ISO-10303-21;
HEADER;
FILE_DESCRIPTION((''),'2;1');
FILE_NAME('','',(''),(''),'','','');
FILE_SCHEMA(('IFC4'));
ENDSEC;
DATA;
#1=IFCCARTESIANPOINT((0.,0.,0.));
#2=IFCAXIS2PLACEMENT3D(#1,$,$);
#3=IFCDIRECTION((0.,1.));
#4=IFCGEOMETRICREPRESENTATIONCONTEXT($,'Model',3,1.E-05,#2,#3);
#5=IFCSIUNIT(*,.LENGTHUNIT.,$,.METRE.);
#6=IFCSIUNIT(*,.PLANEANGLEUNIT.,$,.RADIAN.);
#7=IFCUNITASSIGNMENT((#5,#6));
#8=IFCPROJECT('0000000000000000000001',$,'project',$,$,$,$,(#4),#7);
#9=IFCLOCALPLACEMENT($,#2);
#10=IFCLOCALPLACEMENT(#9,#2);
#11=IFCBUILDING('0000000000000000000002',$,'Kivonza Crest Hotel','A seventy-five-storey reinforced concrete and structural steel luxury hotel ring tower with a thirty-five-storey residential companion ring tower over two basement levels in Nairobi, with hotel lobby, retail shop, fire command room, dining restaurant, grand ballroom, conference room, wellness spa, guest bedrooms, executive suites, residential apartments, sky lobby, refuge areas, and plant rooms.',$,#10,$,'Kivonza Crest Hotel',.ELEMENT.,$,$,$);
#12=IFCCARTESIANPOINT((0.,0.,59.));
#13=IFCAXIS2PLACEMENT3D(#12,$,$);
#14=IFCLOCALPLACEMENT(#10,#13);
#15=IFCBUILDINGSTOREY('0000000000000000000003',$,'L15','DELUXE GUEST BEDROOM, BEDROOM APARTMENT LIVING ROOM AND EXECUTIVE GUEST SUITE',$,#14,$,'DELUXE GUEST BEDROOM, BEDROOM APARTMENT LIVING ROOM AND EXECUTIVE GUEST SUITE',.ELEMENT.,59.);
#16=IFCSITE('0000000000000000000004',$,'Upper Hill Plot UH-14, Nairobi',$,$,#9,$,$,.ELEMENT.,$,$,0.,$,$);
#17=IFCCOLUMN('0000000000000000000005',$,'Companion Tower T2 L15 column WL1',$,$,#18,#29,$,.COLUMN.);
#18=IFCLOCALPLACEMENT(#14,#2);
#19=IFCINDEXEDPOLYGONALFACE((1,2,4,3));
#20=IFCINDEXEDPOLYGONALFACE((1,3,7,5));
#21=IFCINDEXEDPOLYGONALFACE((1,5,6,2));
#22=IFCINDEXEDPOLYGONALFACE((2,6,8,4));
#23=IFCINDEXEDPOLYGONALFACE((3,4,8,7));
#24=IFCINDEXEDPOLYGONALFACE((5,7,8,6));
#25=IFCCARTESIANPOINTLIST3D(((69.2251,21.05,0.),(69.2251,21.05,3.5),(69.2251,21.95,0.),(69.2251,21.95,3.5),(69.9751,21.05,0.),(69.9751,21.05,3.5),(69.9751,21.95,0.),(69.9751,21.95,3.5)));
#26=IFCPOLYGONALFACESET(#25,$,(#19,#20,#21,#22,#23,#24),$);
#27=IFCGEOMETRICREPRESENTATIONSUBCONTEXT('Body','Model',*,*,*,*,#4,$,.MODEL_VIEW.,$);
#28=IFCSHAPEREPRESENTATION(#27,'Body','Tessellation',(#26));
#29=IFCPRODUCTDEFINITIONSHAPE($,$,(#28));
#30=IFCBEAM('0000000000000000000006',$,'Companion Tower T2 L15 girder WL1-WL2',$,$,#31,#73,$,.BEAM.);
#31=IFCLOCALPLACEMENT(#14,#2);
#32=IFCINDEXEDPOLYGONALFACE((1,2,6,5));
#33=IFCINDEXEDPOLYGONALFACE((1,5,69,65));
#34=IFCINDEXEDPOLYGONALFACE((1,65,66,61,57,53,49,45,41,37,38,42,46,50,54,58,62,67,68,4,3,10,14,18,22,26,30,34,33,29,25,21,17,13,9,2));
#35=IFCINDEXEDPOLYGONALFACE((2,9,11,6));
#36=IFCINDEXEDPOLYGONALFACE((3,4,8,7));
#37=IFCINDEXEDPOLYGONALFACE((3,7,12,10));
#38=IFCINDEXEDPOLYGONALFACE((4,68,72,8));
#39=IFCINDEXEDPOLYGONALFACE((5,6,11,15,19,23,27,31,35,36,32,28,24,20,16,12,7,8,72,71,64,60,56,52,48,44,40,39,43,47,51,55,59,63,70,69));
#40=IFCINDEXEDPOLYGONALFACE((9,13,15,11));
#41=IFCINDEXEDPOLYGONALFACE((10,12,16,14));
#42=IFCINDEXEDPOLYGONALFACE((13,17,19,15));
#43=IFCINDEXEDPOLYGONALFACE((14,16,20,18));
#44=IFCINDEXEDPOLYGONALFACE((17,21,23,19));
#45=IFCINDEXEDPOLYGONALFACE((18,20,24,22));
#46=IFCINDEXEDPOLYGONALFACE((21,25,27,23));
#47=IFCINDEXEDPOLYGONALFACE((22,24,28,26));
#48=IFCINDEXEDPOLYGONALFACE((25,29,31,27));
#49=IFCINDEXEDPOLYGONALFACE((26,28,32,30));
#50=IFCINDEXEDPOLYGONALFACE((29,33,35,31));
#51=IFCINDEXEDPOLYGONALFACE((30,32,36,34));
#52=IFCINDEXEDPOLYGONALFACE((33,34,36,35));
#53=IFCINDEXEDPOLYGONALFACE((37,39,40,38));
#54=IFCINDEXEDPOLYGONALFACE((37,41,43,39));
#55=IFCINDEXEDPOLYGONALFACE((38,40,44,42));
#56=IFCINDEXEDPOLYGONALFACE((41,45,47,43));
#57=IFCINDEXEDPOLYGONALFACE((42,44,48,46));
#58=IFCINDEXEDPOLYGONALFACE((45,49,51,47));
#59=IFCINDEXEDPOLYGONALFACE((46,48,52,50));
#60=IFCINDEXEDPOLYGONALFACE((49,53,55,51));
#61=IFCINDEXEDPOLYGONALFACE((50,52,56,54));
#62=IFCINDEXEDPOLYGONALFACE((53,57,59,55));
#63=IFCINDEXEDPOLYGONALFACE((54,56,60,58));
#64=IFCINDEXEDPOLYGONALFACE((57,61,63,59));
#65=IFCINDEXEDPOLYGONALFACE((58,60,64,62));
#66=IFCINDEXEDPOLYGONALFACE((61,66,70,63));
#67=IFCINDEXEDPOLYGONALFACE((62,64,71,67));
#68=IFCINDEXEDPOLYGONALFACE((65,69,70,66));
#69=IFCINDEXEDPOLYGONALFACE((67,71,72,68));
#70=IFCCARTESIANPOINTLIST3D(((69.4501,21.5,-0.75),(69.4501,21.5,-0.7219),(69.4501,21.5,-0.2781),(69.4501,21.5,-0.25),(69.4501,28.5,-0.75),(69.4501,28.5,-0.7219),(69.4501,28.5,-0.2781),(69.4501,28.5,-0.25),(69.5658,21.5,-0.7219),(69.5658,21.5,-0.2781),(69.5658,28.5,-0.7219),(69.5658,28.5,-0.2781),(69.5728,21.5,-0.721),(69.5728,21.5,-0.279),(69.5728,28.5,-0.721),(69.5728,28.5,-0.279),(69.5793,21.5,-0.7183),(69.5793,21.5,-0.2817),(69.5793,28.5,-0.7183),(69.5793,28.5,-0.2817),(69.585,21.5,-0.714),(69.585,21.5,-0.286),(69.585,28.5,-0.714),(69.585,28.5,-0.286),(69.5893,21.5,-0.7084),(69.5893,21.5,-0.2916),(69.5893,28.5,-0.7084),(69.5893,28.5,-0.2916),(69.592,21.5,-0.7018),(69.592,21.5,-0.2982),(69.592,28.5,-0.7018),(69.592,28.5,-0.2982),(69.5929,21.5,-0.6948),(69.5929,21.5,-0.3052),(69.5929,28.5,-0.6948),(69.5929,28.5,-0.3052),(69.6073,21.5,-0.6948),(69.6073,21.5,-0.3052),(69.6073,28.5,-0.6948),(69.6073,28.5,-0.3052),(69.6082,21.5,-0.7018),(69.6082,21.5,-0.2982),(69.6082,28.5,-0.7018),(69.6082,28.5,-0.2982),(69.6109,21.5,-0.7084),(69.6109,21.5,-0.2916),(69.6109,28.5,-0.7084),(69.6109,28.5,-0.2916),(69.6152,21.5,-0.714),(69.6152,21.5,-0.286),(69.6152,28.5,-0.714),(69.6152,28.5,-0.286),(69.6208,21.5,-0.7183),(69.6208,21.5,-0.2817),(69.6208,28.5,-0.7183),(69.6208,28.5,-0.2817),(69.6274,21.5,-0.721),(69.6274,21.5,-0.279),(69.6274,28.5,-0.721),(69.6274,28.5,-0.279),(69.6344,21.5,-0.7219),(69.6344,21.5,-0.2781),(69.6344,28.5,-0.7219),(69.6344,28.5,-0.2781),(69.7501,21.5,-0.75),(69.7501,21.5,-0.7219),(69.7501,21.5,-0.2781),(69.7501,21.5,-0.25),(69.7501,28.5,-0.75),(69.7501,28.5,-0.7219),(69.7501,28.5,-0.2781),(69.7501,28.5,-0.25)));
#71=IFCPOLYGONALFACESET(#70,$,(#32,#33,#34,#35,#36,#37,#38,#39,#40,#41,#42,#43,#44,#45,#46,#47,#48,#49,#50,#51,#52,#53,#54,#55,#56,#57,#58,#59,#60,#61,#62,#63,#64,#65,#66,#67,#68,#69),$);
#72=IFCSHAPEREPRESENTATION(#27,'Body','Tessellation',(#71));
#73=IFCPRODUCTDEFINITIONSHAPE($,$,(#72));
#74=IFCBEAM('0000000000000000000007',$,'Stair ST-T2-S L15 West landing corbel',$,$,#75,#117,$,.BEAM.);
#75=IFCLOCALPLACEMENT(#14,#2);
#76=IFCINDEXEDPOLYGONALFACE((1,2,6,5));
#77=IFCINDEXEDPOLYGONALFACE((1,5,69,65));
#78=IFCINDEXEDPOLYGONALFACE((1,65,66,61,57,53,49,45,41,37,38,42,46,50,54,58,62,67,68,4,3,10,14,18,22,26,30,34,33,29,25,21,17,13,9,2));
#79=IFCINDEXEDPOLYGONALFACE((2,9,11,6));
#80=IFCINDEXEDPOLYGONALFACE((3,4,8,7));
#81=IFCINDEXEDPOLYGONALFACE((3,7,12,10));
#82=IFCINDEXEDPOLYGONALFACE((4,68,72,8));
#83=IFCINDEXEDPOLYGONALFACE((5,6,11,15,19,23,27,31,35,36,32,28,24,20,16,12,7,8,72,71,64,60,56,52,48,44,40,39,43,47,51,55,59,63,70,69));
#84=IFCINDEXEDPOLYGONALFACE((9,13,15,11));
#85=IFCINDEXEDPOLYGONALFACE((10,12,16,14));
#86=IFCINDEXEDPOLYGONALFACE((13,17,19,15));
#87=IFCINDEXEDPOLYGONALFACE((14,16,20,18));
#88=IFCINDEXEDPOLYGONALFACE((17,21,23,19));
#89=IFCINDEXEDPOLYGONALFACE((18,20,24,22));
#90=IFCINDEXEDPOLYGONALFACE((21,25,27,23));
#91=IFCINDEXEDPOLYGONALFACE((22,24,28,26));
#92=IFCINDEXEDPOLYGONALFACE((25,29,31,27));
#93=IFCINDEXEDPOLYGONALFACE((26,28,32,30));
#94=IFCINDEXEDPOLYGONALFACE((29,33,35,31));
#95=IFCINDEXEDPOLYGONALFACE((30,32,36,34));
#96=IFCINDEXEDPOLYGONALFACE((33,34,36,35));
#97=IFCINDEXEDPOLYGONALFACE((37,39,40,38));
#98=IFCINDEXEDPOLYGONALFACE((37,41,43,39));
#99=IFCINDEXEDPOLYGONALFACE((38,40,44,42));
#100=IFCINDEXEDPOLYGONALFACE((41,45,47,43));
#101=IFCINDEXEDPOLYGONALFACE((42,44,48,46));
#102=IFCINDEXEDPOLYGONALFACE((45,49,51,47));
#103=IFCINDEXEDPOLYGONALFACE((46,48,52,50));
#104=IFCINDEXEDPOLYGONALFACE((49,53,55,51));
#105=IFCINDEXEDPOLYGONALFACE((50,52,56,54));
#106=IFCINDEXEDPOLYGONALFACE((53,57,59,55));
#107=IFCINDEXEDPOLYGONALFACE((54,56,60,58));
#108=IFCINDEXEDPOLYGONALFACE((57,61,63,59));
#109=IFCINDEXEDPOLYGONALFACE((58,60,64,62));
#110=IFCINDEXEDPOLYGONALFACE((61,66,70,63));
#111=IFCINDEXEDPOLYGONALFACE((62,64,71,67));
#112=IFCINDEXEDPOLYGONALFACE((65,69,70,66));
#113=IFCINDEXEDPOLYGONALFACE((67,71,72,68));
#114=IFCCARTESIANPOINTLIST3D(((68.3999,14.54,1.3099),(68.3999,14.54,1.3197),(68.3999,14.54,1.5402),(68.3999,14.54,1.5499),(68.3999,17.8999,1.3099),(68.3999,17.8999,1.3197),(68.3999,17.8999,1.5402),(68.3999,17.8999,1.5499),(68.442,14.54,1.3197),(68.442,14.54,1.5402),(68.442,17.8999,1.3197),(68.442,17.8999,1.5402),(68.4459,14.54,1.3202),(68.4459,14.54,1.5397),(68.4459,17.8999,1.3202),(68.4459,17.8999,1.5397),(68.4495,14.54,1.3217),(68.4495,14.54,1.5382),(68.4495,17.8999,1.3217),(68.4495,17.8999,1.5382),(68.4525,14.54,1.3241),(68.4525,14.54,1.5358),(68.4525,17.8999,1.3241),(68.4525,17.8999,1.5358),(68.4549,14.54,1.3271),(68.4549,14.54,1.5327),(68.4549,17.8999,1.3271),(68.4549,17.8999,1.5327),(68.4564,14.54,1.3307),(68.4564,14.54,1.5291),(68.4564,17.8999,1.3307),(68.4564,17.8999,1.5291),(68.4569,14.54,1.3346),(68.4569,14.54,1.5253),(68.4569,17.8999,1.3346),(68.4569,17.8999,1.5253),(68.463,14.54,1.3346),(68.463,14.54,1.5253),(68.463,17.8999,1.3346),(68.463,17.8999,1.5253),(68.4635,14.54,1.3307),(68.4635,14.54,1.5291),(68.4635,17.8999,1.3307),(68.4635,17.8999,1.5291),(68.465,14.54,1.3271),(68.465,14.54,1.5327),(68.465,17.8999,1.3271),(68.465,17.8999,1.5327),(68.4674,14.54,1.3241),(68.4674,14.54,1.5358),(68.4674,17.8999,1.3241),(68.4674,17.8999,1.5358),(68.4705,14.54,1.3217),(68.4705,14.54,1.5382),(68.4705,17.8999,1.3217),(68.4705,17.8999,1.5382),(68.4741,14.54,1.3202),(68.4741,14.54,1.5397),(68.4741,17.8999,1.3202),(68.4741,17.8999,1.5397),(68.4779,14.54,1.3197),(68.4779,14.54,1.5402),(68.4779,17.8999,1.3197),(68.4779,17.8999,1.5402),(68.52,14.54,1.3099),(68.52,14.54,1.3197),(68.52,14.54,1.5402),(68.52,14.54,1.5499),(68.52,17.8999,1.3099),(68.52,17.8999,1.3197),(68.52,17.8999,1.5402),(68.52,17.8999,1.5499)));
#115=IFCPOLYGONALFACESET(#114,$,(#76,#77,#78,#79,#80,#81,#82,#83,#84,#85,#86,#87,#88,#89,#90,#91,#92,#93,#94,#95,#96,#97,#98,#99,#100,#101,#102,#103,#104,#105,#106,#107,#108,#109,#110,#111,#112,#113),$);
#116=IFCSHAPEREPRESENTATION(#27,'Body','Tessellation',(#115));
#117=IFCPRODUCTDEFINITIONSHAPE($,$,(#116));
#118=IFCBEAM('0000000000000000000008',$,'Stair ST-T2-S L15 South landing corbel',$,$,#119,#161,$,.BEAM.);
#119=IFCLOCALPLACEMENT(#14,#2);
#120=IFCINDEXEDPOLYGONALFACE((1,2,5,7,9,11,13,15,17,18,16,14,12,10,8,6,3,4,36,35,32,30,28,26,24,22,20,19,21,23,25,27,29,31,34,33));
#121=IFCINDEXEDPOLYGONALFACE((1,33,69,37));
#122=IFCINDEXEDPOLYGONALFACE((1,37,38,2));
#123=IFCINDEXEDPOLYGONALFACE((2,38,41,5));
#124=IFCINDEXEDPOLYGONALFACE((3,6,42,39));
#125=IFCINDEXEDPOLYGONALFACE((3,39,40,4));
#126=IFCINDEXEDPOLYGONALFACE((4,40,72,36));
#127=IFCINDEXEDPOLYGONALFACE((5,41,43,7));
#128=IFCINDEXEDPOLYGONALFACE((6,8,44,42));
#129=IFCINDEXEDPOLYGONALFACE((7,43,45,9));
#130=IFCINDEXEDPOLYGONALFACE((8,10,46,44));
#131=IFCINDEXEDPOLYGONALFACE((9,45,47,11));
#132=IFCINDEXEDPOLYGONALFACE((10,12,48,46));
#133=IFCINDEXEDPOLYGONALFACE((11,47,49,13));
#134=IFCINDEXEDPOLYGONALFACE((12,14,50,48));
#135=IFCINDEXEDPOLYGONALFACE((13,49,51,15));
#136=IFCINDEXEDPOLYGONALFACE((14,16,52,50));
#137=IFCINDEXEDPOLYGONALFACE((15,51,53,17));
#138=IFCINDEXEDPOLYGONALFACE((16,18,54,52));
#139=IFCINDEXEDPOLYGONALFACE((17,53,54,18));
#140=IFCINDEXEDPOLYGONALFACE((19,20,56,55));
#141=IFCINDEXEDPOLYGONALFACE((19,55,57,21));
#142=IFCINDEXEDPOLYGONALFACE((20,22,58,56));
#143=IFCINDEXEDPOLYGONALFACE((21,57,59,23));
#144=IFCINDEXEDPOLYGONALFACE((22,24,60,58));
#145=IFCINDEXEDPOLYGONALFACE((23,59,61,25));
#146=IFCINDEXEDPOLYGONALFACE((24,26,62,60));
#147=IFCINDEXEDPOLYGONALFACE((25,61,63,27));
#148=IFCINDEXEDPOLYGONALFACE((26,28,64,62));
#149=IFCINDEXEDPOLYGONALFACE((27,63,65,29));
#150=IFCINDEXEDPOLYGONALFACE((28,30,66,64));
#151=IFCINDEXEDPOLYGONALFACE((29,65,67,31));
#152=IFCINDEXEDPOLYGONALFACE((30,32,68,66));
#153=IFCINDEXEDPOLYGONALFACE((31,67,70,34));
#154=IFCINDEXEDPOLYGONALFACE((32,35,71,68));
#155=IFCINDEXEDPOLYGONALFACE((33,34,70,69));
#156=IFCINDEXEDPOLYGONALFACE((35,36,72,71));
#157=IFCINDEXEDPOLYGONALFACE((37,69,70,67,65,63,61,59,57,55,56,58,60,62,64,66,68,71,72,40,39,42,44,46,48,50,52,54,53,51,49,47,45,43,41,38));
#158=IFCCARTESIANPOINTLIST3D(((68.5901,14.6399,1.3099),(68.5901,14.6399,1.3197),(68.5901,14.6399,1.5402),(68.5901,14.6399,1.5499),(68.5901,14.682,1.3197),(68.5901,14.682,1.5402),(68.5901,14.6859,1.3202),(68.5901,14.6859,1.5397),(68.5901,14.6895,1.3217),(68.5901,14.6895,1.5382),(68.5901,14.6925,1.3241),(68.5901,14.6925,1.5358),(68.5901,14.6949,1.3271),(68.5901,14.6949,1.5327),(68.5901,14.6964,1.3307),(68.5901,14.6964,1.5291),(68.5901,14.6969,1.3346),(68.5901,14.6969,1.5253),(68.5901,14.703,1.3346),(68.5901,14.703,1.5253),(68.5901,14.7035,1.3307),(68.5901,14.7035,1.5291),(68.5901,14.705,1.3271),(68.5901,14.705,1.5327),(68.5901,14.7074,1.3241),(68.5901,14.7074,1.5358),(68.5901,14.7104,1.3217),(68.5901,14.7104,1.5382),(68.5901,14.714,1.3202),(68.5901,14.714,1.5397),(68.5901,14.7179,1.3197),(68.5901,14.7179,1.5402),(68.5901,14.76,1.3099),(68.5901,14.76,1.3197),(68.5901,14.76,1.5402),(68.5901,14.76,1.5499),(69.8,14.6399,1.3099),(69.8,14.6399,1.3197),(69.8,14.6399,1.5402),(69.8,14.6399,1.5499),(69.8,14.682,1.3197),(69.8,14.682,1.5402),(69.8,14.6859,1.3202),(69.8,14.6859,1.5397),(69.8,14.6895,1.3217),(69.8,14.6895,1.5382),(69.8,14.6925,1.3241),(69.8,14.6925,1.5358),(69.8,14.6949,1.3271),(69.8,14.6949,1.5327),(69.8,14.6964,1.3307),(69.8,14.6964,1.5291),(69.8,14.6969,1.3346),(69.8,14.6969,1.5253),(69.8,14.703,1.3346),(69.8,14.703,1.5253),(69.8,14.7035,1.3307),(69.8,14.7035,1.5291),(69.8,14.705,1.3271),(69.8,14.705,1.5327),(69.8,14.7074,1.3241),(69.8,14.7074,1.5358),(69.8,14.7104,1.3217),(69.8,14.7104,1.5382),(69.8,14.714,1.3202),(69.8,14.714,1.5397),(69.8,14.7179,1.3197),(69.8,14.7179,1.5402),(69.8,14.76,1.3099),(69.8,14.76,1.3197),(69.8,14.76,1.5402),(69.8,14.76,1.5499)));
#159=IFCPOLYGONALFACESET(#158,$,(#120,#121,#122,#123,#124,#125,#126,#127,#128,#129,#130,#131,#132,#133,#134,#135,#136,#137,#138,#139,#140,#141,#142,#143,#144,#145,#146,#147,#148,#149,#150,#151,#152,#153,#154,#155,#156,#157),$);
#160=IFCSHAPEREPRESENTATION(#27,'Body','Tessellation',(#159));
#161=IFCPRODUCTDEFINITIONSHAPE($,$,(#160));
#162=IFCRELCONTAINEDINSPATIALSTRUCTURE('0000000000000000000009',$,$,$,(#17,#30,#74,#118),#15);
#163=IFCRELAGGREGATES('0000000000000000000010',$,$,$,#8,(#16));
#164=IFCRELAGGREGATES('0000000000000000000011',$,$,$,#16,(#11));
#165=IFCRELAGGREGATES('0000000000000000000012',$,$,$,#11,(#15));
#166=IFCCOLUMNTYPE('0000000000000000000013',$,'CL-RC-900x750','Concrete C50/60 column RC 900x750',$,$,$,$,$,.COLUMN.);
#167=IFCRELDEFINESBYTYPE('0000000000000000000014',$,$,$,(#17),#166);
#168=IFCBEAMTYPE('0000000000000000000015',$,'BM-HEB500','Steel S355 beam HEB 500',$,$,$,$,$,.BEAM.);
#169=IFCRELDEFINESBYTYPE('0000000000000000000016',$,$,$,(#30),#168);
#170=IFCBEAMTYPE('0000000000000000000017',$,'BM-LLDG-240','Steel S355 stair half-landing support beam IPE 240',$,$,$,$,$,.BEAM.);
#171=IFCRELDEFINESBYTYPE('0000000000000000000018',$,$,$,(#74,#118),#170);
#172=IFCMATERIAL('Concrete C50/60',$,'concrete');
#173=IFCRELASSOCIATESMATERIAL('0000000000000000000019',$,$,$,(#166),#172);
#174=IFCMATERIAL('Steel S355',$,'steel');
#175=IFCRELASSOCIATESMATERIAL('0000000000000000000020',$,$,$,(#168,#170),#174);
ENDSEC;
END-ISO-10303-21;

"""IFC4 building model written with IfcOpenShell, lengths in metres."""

from ifc_helpers import new_model, si_unit, direction, frame, origin, origin_2d, place, context, subcontext, project, spatial, rectangle, i_section, extrude, material, material_profile, profile_set, type_object, element, save


model = new_model("IFC4")

# Units and contexts
model_context = context("Model", 3, precision=1e-05, world=origin(), true_north=direction((0.0, 1.0)))
body_context = subcontext(model_context, "Body", "Model", "MODEL_VIEW")
ifc_project = project(units=[si_unit("LENGTHUNIT", "METRE"), si_unit("PLANEANGLEUNIT", "RADIAN")], contexts=[model_context])

# Site, building, storey
site_placement = place(None, origin())
site = spatial("IfcSite", under=ifc_project, at=site_placement, Name="Upper Hill Plot UH-14, Nairobi", CompositionType="ELEMENT", RefElevation=0.0)
building_placement = place(site_placement, origin())
building = spatial("IfcBuilding", under=site, at=building_placement, Name="Kivonza Crest Hotel", Description="A seventy-five-storey reinforced concrete and structural steel luxury hotel ring tower with a thirty-five-storey residential companion ring tower over two basement levels in Nairobi, with hotel lobby, retail shop, fire command room, dining restaurant, grand ballroom, conference room, wellness spa, guest bedrooms, executive suites, residential apartments, sky lobby, refuge areas, and plant rooms.", LongName="Kivonza Crest Hotel", CompositionType="ELEMENT")
storey_placement = place(building_placement, frame((0.0, 0.0, 59.0)))
storey = spatial("IfcBuildingStorey", under=building, at=storey_placement, Name="L15", Description="DELUXE GUEST BEDROOM, BEDROOM APARTMENT LIVING ROOM AND EXECUTIVE GUEST SUITE", LongName="DELUXE GUEST BEDROOM, BEDROOM APARTMENT LIVING ROOM AND EXECUTIVE GUEST SUITE", CompositionType="ELEMENT", Elevation=59.0)

# Column
ifc_material_1 = material(Name="Concrete C50/60", Category="concrete")
ifc_material_profile_1 = material_profile(ifc_material_1, rectangle(XDim=0.75, YDim=0.8999, at=origin_2d()), Name="RC 900x750")
ifc_profile_set_1 = profile_set([ifc_material_profile_1], Name="Concrete C50/60")
column_type = type_object("IfcColumnType", Name="CL-RC-900x750", Description="Concrete C50/60 column RC 900x750", PredefinedType="COLUMN", material=ifc_profile_set_1)
column_placement = place(storey_placement, frame((69.6001, 21.5, 0.0), z_axis=(0.0, 0.0, 1.0), x_axis=(1.0, 0.0, 0.0)))
element("IfcColumn", 1, at=column_placement, inside=storey, type_object=column_type, Name="Companion Tower T2 L15 column WL1", PredefinedType="COLUMN", context=body_context, shape_type="SweptSolid", body=[
    extrude(rectangle(XDim=0.75, YDim=0.8999, at=origin_2d()), origin(), (0.0, 0.0, 1.0), 3.5),
])

# Beams
ifc_material_2 = material(Name="Steel S355", Category="steel")
ifc_material_profile_2 = material_profile(ifc_material_2, i_section(OverallWidth=0.3, OverallDepth=0.5, WebThickness=0.0144, FlangeThickness=0.0281, FilletRadius=0.0271, at=origin_2d()), Name="HEB 500")
ifc_profile_set_2 = profile_set([ifc_material_profile_2], Name="Steel S355")
beam_type_1 = type_object("IfcBeamType", Name="BM-HEB500", Description="Steel S355 beam HEB 500", PredefinedType="BEAM", material=ifc_profile_set_2)
beam_1_placement = place(storey_placement, frame((69.6001, 21.5, -0.5), z_axis=(0.0, 1.0, 0.0), x_axis=(-1.0, 0.0, 0.0)))
element("IfcBeam", 2, at=beam_1_placement, inside=storey, type_object=beam_type_1, Name="Companion Tower T2 L15 girder WL1-WL2", PredefinedType="BEAM", context=body_context, shape_type="SweptSolid", body=[
    extrude(i_section(OverallWidth=0.3, OverallDepth=0.5, WebThickness=0.0144, FlangeThickness=0.0281, FilletRadius=0.0271, at=origin_2d()), origin(), (0.0, 0.0, 1.0), 7.0),
])
ifc_material_profile_3 = material_profile(ifc_material_2, i_section(OverallWidth=0.1201, OverallDepth=0.24, WebThickness=0.0061, FlangeThickness=0.0098, FilletRadius=0.0149, at=origin_2d()), Name="IPE 240")
ifc_profile_set_3 = profile_set([ifc_material_profile_3], Name="Steel S355")
beam_type_2 = type_object("IfcBeamType", Name="BM-LLDG-240", Description="Steel S355 stair half-landing support beam IPE 240", PredefinedType="BEAM", material=ifc_profile_set_3)
beam_2_placement = place(storey_placement, frame((68.46, 14.54, 1.4299), z_axis=(0.0, 1.0, 0.0), x_axis=(-1.0, 0.0, 0.0)))
element("IfcBeam", 3, at=beam_2_placement, inside=storey, type_object=beam_type_2, Name="Stair ST-T2-S L15 West landing corbel", PredefinedType="BEAM", context=body_context, shape_type="SweptSolid", body=[
    extrude(i_section(OverallWidth=0.1201, OverallDepth=0.24, WebThickness=0.0061, FlangeThickness=0.0098, FilletRadius=0.0149, at=origin_2d()), origin(), (0.0, 0.0, 1.0), 3.3599),
])
for number, where, z_axis, x_axis, name in (
    (4, (68.5901, 14.7, 1.4299), (1.0, 0.0, 0.0), (0.0, 1.0, 0.0), "Stair ST-T2-S L15 South landing corbel"),
):
    element("IfcBeam", number, at=place(storey_placement, frame(where, z_axis=z_axis, x_axis=x_axis)), inside=storey, type_object=beam_type_2, Name=name, PredefinedType="BEAM", context=body_context, shape_type="SweptSolid", body=[
        extrude(i_section(OverallWidth=0.1201, OverallDepth=0.24, WebThickness=0.0061, FlangeThickness=0.0098, FilletRadius=0.0149, at=origin_2d()), origin(), (0.0, 0.0, 1.0), 1.21),
    ])

save(model, "model.ifc")
